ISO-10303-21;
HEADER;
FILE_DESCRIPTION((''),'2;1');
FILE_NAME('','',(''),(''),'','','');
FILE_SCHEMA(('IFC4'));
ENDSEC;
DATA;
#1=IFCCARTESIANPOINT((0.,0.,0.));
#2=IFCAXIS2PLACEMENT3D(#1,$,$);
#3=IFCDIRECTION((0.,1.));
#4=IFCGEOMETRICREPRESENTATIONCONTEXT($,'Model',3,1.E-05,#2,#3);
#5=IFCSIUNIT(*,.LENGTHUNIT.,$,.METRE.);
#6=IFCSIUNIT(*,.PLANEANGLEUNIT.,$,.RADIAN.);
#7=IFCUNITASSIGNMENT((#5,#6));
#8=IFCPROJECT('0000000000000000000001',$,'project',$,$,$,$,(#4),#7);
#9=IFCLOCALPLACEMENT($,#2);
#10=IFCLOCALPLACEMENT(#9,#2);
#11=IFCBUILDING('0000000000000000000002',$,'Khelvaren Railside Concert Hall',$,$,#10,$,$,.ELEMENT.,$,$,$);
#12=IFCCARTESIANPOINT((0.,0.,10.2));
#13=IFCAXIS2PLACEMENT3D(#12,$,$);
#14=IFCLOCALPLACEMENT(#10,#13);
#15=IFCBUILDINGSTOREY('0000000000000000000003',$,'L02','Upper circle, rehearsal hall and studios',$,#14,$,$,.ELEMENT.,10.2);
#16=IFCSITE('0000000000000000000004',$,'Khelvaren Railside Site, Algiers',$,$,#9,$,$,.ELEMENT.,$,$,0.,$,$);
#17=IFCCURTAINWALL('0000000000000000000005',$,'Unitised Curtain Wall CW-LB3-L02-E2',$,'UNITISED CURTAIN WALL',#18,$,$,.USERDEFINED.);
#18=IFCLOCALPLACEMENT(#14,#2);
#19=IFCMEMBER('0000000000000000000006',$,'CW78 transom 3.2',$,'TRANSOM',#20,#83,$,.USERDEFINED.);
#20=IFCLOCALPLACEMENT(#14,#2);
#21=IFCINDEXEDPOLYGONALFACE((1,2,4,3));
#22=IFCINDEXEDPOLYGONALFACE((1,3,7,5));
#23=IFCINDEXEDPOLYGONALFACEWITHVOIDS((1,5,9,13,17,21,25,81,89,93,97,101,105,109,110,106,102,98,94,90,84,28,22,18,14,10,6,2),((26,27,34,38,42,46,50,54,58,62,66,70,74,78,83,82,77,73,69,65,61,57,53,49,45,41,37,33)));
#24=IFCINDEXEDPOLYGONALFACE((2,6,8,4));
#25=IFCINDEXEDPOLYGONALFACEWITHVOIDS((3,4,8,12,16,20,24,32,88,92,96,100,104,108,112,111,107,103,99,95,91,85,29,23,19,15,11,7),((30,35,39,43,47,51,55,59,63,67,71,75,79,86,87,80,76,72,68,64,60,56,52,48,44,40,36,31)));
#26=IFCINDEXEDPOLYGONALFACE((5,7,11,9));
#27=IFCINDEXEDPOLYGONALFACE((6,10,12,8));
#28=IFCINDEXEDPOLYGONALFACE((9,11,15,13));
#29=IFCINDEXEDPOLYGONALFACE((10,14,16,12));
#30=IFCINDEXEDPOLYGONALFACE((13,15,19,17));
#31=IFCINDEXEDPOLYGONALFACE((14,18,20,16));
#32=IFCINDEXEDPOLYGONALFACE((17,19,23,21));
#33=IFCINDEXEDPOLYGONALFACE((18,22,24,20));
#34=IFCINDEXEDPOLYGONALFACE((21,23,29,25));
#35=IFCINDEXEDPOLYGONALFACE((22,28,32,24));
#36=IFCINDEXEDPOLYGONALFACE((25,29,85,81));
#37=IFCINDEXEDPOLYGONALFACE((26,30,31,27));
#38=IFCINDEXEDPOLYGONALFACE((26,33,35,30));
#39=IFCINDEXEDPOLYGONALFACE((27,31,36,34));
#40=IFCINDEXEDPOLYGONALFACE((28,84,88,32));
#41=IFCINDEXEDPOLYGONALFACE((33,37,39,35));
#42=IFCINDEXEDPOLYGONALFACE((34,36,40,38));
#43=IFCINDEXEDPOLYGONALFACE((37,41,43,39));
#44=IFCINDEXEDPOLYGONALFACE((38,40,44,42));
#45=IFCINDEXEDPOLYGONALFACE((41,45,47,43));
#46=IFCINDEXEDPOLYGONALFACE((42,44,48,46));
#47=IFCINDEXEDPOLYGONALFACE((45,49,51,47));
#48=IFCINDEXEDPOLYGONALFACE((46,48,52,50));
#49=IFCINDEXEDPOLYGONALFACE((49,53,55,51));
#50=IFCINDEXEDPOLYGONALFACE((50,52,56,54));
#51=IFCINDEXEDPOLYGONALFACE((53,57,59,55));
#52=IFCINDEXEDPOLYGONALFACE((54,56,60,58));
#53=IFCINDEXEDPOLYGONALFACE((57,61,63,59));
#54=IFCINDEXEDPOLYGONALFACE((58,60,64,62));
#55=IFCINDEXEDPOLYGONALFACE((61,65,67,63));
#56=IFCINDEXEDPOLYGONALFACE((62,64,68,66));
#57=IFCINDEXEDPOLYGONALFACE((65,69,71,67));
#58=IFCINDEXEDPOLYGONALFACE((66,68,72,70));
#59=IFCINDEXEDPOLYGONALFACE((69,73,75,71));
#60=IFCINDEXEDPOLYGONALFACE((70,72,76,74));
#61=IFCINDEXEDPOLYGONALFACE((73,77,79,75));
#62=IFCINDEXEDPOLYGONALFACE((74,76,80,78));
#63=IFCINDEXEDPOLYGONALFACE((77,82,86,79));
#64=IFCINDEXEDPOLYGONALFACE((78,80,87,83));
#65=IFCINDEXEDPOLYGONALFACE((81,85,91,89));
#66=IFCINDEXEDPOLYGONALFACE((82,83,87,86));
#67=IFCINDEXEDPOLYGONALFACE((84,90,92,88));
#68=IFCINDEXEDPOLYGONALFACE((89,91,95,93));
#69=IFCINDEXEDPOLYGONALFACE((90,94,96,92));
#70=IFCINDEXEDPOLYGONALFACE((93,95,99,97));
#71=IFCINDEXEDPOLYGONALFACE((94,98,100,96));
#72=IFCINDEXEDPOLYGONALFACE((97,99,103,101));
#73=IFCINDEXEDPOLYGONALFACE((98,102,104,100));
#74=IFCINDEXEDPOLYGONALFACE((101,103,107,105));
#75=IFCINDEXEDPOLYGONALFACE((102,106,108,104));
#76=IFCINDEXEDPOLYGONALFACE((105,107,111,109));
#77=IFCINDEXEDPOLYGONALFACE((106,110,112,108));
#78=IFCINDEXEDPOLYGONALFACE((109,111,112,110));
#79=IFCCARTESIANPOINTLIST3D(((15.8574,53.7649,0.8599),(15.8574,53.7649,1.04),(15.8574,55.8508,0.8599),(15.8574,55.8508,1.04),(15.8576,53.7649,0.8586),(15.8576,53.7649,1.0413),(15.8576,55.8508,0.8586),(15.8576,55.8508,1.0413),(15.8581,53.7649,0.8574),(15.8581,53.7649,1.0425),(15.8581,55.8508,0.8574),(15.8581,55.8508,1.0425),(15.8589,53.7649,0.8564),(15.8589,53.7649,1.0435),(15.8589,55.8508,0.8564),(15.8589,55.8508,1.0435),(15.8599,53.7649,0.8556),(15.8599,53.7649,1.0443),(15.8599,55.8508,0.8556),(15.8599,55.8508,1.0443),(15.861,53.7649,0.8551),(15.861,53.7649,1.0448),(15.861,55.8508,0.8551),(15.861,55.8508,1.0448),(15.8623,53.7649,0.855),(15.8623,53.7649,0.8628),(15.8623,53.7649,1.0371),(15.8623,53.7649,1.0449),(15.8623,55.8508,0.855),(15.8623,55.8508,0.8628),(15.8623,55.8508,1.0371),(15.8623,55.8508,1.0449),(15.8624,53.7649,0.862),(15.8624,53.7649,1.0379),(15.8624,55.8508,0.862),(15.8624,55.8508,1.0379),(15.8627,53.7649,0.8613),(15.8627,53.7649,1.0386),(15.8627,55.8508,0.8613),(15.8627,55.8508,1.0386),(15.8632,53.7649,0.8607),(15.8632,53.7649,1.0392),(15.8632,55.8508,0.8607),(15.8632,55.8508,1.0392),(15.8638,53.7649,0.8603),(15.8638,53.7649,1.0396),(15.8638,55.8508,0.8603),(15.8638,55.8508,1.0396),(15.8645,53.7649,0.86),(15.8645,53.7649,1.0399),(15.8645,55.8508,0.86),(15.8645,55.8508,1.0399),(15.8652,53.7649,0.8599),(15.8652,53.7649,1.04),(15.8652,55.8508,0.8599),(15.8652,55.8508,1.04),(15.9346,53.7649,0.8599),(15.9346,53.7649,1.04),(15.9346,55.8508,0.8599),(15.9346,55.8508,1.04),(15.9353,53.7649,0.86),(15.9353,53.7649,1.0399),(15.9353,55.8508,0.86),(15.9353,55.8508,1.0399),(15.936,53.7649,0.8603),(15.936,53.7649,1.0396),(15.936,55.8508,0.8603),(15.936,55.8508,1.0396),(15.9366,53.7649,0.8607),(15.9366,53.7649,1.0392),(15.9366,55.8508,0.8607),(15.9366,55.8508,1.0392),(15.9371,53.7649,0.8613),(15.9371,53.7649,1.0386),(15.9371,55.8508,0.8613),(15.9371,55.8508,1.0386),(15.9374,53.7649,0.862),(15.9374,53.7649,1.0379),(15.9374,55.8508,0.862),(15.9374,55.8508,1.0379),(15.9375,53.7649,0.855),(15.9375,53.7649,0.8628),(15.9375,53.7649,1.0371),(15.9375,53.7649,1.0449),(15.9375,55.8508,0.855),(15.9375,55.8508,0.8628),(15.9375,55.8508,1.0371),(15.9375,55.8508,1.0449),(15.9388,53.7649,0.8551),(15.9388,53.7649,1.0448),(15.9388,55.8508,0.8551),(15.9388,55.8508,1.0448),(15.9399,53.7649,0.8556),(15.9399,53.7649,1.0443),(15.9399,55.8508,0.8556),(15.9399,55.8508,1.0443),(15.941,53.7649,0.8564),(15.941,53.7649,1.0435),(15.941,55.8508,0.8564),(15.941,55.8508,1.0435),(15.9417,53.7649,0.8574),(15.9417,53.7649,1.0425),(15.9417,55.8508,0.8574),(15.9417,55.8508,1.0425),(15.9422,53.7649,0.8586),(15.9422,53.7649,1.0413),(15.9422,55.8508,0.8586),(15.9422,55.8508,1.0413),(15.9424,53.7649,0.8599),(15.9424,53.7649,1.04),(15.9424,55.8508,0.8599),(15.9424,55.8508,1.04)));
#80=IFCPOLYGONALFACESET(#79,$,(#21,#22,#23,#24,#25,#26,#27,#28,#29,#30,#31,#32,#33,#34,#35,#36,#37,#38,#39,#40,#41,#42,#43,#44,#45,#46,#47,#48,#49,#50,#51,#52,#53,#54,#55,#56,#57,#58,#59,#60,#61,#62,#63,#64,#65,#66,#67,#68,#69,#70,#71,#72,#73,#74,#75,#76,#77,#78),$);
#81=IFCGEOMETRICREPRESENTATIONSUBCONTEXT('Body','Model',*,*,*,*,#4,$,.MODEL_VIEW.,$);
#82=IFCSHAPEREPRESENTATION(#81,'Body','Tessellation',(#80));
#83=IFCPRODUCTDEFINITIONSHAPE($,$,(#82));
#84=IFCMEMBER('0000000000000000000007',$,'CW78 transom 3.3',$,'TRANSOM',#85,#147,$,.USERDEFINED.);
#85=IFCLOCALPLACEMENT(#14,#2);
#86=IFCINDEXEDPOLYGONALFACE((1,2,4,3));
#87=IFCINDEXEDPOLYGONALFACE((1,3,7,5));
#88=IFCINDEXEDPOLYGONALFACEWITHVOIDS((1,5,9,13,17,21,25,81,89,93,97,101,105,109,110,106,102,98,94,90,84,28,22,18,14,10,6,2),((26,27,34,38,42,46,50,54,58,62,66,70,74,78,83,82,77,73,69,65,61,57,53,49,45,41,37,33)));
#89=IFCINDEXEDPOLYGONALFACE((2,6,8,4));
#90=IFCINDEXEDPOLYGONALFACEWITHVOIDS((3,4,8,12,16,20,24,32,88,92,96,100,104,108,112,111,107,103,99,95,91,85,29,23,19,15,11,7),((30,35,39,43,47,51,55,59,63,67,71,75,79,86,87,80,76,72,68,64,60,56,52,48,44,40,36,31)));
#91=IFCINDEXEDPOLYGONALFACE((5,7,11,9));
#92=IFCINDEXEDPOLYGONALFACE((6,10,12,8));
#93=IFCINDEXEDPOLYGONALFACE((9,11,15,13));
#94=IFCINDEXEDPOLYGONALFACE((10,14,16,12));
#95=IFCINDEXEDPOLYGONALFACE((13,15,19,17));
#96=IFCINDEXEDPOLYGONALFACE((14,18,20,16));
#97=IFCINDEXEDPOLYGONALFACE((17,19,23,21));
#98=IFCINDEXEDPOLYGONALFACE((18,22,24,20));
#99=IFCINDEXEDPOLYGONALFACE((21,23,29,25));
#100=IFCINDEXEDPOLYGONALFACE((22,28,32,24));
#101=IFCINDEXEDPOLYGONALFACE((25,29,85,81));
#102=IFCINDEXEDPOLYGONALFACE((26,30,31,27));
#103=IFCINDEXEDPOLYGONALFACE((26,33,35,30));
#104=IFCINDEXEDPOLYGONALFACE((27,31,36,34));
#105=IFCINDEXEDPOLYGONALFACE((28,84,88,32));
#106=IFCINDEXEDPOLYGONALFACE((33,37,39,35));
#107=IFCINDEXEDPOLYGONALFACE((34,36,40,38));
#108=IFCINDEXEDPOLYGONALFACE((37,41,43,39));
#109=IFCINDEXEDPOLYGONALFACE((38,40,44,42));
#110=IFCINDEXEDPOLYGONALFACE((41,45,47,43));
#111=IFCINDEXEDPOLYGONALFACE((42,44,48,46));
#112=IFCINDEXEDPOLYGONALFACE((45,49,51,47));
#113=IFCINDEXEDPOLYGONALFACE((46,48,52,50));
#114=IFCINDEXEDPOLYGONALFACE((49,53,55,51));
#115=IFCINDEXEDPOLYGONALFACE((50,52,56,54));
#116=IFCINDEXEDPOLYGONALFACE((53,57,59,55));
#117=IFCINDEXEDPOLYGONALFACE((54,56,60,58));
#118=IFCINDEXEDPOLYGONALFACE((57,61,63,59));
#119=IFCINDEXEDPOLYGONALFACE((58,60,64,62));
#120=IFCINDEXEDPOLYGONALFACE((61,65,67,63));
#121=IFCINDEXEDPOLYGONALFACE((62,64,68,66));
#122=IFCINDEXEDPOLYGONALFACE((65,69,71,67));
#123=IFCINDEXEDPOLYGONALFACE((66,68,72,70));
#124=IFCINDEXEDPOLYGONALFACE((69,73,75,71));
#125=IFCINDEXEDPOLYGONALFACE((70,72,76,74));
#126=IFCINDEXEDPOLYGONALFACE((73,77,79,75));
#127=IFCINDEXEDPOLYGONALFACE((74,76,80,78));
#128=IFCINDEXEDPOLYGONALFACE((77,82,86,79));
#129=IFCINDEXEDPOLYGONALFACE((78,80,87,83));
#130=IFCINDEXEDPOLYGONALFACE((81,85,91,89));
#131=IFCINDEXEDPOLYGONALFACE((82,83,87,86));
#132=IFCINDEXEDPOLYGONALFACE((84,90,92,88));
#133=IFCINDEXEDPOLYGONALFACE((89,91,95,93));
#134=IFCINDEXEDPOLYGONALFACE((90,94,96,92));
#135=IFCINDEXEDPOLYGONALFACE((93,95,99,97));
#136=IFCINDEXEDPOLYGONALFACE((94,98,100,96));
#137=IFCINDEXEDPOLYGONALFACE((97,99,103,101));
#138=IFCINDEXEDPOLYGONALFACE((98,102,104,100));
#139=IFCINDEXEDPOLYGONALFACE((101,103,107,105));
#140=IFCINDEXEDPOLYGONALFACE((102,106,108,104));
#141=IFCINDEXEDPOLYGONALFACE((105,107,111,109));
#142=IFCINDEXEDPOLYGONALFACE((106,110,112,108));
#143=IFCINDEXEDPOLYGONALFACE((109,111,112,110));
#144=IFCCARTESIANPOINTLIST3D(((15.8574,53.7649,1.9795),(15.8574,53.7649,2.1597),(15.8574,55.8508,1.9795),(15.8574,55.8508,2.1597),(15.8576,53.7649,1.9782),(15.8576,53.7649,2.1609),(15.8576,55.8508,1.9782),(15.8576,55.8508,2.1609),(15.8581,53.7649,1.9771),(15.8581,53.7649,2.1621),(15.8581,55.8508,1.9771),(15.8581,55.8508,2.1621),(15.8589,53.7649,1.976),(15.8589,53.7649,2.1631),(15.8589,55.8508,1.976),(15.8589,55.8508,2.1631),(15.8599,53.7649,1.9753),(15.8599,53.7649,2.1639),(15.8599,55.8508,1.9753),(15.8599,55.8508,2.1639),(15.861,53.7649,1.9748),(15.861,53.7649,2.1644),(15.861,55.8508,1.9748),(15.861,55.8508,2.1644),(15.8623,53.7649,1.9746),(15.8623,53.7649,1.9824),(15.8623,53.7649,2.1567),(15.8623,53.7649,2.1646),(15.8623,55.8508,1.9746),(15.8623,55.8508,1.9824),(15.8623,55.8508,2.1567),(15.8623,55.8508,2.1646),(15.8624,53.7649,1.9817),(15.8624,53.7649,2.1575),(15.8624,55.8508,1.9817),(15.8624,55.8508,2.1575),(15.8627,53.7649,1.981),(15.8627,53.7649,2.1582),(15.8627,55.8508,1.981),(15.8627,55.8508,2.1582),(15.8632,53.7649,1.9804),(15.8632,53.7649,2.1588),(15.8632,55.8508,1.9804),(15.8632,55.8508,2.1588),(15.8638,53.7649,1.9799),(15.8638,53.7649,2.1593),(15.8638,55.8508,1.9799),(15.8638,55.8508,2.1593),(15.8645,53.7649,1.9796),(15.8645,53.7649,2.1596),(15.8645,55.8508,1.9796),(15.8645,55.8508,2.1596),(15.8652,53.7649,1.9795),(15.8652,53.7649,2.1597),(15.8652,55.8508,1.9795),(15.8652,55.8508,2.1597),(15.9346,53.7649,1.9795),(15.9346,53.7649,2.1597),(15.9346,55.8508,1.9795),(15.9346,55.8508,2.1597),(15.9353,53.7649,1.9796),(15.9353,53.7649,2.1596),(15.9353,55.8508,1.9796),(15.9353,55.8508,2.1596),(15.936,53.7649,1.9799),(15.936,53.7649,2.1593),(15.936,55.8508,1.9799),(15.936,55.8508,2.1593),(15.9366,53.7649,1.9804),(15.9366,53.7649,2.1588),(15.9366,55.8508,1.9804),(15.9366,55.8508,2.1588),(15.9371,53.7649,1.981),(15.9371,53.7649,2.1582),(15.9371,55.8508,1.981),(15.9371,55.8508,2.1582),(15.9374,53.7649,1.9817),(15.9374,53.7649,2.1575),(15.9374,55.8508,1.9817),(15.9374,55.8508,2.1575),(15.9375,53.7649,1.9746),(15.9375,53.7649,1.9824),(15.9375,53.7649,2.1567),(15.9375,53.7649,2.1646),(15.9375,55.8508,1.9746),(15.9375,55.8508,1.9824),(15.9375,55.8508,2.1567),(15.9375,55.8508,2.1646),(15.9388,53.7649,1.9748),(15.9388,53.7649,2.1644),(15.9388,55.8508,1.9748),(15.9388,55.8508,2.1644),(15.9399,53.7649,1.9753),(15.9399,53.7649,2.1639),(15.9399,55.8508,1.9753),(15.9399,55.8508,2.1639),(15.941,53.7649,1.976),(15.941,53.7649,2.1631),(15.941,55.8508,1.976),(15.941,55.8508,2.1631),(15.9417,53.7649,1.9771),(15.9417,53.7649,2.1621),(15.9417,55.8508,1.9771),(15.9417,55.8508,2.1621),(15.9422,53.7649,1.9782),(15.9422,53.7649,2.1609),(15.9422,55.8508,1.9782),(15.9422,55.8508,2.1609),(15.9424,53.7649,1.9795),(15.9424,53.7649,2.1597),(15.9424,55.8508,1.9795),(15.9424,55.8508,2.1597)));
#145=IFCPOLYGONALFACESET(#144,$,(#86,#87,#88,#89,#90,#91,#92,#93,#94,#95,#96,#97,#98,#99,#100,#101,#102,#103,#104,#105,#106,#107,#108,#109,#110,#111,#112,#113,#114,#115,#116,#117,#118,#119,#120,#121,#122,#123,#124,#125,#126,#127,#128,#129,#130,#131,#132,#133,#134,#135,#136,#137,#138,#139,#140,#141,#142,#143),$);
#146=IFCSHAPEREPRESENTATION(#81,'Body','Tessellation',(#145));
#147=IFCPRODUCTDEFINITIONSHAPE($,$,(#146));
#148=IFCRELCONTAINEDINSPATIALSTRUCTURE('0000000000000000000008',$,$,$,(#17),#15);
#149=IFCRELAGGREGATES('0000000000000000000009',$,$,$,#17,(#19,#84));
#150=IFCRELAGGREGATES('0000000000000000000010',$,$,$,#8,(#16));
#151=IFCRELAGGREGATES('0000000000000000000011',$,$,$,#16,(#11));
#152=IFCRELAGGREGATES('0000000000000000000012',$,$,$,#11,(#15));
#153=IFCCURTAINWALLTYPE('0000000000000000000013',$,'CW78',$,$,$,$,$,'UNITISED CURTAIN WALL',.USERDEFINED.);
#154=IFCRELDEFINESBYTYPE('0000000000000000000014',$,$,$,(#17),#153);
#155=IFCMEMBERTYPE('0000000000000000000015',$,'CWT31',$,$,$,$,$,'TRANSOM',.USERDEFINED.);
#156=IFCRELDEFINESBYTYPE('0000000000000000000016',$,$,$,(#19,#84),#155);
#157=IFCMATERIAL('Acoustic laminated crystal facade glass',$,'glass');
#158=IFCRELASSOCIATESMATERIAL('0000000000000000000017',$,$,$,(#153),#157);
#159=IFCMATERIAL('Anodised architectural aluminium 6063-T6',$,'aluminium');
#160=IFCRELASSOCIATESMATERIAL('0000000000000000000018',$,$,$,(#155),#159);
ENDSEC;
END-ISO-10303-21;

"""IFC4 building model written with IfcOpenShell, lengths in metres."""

from ifc_helpers import new_model, si_unit, direction, frame, origin, origin_2d, place, context, subcontext, project, spatial, hollow_rectangle, extrude, material, material_profile, profile_set, type_object, element, aggregate, save


model = new_model("IFC4")

# Units and contexts
model_context = context("Model", 3, precision=1e-05, world=origin(), true_north=direction((0.0, 1.0)))
body_context = subcontext(model_context, "Body", "Model", "MODEL_VIEW")
ifc_project = project(units=[si_unit("LENGTHUNIT", "METRE"), si_unit("PLANEANGLEUNIT", "RADIAN")], contexts=[model_context])

# Site, building, storey
site_placement = place(None, origin())
site = spatial("IfcSite", under=ifc_project, at=site_placement, Name="Khelvaren Railside Site, Algiers", CompositionType="ELEMENT", RefElevation=0.0)
building_placement = place(site_placement, origin())
building = spatial("IfcBuilding", under=site, at=building_placement, Name="Khelvaren Railside Concert Hall", CompositionType="ELEMENT")
storey_placement = place(building_placement, frame((0.0, 0.0, 10.2)))
storey = spatial("IfcBuildingStorey", under=building, at=storey_placement, Name="L02", Description="Upper circle, rehearsal hall and studios", CompositionType="ELEMENT", Elevation=10.2)

# Shared definitions
ifc_material_1 = material(Name="Acoustic laminated crystal facade glass", Category="glass")
curtain_wall_type = type_object("IfcCurtainWallType", Name="CW78", ElementType="UNITISED CURTAIN WALL", PredefinedType="USERDEFINED", material=ifc_material_1)
ifc_material_2 = material(Name="Anodised architectural aluminium 6063-T6", Category="aluminium")

# Curtain wall
curtain_wall_1_placement = place(storey_placement, origin())
curtain_wall_1 = element("IfcCurtainWall", 1, at=curtain_wall_1_placement, inside=storey, type_object=curtain_wall_type, Name="Unitised Curtain Wall CW-LB3-L02-E2", ObjectType="UNITISED CURTAIN WALL", PredefinedType="USERDEFINED")

# Members
ifc_material_profile_1 = material_profile(ifc_material_2, hollow_rectangle(XDim=0.085, YDim=0.1899, WallThickness=0.0049, InnerFilletRadius=0.0029, OuterFilletRadius=0.0049, at=origin_2d()), Name="CWT 85x190x5")
ifc_profile_set_1 = profile_set([ifc_material_profile_1], Name="Anodised architectural aluminium 6063-T6")
member_type_1 = type_object("IfcMemberType", Name="CWT31", ElementType="TRANSOM", PredefinedType="USERDEFINED", material=ifc_profile_set_1)
member_1_placement = place(storey_placement, frame((15.8999, 55.8508, 0.95), z_axis=(0.0, -1.0, 0.0), x_axis=(1.0, 0.0, 0.0)))
member_1 = element("IfcMember", 2, at=member_1_placement, type_object=member_type_1, Name="CW78 transom 3.2", ObjectType="TRANSOM", PredefinedType="USERDEFINED", context=body_context, shape_type="SweptSolid", body=[
    extrude(hollow_rectangle(XDim=0.085, YDim=0.1899, WallThickness=0.0049, InnerFilletRadius=0.0029, OuterFilletRadius=0.0049, at=origin_2d()), origin(), (0.0, 0.0, 1.0), 2.0859),
])
member_2_placement = place(storey_placement, frame((15.8999, 55.8508, 2.0696), z_axis=(0.0, -1.0, 0.0), x_axis=(1.0, 0.0, 0.0)))
member_2 = element("IfcMember", 3, at=member_2_placement, type_object=member_type_1, Name="CW78 transom 3.3", ObjectType="TRANSOM", PredefinedType="USERDEFINED", context=body_context, shape_type="SweptSolid", body=[
    extrude(hollow_rectangle(XDim=0.085, YDim=0.1899, WallThickness=0.0049, InnerFilletRadius=0.0029, OuterFilletRadius=0.0049, at=origin_2d()), origin(), (0.0, 0.0, 1.0), 2.0859),
])

aggregate(curtain_wall_1, [member_1, member_2])

save(model, "model.ifc")
